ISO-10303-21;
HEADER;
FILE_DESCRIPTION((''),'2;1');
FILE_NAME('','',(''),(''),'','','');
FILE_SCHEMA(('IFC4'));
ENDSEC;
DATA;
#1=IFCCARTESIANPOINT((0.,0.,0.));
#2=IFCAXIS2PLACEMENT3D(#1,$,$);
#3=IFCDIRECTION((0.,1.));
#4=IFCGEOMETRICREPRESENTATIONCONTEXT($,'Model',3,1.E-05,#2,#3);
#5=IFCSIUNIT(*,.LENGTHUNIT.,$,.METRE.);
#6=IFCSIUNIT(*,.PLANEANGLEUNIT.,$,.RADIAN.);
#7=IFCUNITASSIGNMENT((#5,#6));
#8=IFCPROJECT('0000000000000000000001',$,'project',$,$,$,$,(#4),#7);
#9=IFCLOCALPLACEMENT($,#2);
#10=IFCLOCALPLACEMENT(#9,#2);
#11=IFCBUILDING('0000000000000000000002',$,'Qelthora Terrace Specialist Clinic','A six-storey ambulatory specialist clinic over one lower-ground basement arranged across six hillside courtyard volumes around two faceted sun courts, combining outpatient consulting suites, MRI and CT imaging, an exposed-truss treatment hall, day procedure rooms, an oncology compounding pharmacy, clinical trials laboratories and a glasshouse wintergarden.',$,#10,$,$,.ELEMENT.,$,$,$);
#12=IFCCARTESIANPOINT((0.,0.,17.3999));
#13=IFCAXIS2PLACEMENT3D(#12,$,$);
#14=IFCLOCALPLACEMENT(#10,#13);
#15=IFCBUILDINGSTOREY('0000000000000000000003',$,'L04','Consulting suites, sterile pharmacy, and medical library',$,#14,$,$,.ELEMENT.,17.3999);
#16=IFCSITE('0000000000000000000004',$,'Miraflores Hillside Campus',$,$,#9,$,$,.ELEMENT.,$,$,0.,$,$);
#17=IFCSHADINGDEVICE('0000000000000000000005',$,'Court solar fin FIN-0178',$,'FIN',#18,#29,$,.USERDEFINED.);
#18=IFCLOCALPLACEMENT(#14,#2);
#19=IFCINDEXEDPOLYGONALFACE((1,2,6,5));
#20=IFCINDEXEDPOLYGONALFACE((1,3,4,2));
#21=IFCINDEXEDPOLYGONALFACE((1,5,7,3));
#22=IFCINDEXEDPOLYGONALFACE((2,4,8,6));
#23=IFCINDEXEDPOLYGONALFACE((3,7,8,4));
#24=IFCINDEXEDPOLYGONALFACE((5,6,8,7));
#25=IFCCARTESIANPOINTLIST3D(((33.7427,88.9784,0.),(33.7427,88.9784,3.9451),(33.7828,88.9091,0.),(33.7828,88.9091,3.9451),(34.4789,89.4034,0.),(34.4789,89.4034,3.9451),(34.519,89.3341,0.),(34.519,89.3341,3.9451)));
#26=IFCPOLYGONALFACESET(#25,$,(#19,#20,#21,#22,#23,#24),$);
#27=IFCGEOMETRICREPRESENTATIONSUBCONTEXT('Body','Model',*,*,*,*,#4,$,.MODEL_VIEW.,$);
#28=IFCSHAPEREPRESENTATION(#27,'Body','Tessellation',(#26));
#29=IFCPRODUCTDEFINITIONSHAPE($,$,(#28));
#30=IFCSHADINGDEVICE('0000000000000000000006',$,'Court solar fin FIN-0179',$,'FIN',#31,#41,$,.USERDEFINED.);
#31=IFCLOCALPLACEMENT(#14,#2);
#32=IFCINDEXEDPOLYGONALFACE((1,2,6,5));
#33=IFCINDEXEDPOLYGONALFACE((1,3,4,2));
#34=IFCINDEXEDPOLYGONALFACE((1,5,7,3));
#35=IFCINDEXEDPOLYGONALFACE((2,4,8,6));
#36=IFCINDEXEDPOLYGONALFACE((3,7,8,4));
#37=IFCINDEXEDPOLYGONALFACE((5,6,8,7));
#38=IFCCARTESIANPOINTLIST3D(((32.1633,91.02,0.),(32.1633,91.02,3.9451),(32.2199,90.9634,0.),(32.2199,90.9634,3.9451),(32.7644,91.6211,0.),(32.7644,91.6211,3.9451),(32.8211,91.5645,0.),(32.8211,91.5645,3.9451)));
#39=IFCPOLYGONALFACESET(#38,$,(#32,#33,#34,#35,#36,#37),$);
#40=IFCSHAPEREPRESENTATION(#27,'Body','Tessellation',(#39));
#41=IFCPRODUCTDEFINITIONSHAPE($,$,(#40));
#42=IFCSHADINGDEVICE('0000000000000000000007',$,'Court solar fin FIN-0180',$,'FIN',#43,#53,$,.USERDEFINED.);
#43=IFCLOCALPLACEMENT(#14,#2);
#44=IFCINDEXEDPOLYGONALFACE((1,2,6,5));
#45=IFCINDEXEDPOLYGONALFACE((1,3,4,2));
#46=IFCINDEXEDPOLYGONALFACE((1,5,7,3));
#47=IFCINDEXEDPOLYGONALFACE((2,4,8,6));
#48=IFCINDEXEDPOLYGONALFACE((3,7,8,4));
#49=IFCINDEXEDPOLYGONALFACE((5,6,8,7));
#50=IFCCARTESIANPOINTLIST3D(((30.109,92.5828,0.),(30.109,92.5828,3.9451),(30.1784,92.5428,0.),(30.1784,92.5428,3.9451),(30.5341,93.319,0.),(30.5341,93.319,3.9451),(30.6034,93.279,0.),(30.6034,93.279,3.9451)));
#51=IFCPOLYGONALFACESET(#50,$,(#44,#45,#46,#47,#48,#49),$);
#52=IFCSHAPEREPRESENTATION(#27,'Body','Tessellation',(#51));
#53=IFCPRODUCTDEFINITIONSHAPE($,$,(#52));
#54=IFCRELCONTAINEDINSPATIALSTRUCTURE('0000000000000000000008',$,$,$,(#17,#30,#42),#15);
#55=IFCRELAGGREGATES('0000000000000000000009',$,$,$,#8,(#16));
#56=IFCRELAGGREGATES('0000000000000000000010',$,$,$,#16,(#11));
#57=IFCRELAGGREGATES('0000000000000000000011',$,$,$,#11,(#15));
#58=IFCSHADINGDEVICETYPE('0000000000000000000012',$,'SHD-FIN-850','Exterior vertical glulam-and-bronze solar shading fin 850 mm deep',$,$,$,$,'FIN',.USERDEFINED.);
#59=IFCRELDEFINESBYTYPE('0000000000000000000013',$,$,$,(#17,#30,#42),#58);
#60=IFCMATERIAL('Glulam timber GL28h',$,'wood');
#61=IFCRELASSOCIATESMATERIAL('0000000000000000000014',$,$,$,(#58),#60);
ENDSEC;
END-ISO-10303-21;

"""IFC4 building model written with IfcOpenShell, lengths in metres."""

from ifc_helpers import new_model, si_unit, direction, frame, origin, origin_2d, place, context, subcontext, project, spatial, rectangle, extrude, material, type_object, element, save


model = new_model("IFC4")

# Units and contexts
model_context = context("Model", 3, precision=1e-05, world=origin(), true_north=direction((0.0, 1.0)))
body_context = subcontext(model_context, "Body", "Model", "MODEL_VIEW")
ifc_project = project(units=[si_unit("LENGTHUNIT", "METRE"), si_unit("PLANEANGLEUNIT", "RADIAN")], contexts=[model_context])

# Site, building, storey
site_placement = place(None, origin())
site = spatial("IfcSite", under=ifc_project, at=site_placement, Name="Miraflores Hillside Campus", CompositionType="ELEMENT", RefElevation=0.0)
building_placement = place(site_placement, origin())
building = spatial("IfcBuilding", under=site, at=building_placement, Name="Qelthora Terrace Specialist Clinic", Description="A six-storey ambulatory specialist clinic over one lower-ground basement arranged across six hillside courtyard volumes around two faceted sun courts, combining outpatient consulting suites, MRI and CT imaging, an exposed-truss treatment hall, day procedure rooms, an oncology compounding pharmacy, clinical trials laboratories and a glasshouse wintergarden.", CompositionType="ELEMENT")
storey_placement = place(building_placement, frame((0.0, 0.0, 17.3999)))
storey = spatial("IfcBuildingStorey", under=building, at=storey_placement, Name="L04", Description="Consulting suites, sterile pharmacy, and medical library", CompositionType="ELEMENT", Elevation=17.3999)

# Shading devices
ifc_material_1 = material(Name="Glulam timber GL28h", Category="wood")
shading_device_type = type_object("IfcShadingDeviceType", Name="SHD-FIN-850", Description="Exterior vertical glulam-and-bronze solar shading fin 850 mm deep", ElementType="FIN", PredefinedType="USERDEFINED", material=ifc_material_1)
for number, where, z_axis, x_axis, name in (
    (1, (34.1309, 89.1562, 0.0), (0.0, 0.0, 1.0), (-0.866025, -0.5, 0.0), "Court solar fin FIN-0178"),
    (2, (32.4922, 91.2922, 0.0), (0.0, 0.0, 1.0), (-0.707107, -0.707107, 0.0), "Court solar fin FIN-0179"),
    (3, (30.3562, 92.9309, 0.0), (0.0, 0.0, 1.0), (-0.5, -0.866025, 0.0), "Court solar fin FIN-0180"),
):
    element("IfcShadingDevice", number, at=place(storey_placement, frame(where, z_axis=z_axis, x_axis=x_axis)), inside=storey, type_object=shading_device_type, Name=name, ObjectType="FIN", PredefinedType="USERDEFINED", context=body_context, shape_type="SweptSolid", body=[
        extrude(rectangle(XDim=0.8501, YDim=0.0801, at=origin_2d()), origin(), (0.0, 0.0, 1.0), 3.9451),
    ])

save(model, "model.ifc")
